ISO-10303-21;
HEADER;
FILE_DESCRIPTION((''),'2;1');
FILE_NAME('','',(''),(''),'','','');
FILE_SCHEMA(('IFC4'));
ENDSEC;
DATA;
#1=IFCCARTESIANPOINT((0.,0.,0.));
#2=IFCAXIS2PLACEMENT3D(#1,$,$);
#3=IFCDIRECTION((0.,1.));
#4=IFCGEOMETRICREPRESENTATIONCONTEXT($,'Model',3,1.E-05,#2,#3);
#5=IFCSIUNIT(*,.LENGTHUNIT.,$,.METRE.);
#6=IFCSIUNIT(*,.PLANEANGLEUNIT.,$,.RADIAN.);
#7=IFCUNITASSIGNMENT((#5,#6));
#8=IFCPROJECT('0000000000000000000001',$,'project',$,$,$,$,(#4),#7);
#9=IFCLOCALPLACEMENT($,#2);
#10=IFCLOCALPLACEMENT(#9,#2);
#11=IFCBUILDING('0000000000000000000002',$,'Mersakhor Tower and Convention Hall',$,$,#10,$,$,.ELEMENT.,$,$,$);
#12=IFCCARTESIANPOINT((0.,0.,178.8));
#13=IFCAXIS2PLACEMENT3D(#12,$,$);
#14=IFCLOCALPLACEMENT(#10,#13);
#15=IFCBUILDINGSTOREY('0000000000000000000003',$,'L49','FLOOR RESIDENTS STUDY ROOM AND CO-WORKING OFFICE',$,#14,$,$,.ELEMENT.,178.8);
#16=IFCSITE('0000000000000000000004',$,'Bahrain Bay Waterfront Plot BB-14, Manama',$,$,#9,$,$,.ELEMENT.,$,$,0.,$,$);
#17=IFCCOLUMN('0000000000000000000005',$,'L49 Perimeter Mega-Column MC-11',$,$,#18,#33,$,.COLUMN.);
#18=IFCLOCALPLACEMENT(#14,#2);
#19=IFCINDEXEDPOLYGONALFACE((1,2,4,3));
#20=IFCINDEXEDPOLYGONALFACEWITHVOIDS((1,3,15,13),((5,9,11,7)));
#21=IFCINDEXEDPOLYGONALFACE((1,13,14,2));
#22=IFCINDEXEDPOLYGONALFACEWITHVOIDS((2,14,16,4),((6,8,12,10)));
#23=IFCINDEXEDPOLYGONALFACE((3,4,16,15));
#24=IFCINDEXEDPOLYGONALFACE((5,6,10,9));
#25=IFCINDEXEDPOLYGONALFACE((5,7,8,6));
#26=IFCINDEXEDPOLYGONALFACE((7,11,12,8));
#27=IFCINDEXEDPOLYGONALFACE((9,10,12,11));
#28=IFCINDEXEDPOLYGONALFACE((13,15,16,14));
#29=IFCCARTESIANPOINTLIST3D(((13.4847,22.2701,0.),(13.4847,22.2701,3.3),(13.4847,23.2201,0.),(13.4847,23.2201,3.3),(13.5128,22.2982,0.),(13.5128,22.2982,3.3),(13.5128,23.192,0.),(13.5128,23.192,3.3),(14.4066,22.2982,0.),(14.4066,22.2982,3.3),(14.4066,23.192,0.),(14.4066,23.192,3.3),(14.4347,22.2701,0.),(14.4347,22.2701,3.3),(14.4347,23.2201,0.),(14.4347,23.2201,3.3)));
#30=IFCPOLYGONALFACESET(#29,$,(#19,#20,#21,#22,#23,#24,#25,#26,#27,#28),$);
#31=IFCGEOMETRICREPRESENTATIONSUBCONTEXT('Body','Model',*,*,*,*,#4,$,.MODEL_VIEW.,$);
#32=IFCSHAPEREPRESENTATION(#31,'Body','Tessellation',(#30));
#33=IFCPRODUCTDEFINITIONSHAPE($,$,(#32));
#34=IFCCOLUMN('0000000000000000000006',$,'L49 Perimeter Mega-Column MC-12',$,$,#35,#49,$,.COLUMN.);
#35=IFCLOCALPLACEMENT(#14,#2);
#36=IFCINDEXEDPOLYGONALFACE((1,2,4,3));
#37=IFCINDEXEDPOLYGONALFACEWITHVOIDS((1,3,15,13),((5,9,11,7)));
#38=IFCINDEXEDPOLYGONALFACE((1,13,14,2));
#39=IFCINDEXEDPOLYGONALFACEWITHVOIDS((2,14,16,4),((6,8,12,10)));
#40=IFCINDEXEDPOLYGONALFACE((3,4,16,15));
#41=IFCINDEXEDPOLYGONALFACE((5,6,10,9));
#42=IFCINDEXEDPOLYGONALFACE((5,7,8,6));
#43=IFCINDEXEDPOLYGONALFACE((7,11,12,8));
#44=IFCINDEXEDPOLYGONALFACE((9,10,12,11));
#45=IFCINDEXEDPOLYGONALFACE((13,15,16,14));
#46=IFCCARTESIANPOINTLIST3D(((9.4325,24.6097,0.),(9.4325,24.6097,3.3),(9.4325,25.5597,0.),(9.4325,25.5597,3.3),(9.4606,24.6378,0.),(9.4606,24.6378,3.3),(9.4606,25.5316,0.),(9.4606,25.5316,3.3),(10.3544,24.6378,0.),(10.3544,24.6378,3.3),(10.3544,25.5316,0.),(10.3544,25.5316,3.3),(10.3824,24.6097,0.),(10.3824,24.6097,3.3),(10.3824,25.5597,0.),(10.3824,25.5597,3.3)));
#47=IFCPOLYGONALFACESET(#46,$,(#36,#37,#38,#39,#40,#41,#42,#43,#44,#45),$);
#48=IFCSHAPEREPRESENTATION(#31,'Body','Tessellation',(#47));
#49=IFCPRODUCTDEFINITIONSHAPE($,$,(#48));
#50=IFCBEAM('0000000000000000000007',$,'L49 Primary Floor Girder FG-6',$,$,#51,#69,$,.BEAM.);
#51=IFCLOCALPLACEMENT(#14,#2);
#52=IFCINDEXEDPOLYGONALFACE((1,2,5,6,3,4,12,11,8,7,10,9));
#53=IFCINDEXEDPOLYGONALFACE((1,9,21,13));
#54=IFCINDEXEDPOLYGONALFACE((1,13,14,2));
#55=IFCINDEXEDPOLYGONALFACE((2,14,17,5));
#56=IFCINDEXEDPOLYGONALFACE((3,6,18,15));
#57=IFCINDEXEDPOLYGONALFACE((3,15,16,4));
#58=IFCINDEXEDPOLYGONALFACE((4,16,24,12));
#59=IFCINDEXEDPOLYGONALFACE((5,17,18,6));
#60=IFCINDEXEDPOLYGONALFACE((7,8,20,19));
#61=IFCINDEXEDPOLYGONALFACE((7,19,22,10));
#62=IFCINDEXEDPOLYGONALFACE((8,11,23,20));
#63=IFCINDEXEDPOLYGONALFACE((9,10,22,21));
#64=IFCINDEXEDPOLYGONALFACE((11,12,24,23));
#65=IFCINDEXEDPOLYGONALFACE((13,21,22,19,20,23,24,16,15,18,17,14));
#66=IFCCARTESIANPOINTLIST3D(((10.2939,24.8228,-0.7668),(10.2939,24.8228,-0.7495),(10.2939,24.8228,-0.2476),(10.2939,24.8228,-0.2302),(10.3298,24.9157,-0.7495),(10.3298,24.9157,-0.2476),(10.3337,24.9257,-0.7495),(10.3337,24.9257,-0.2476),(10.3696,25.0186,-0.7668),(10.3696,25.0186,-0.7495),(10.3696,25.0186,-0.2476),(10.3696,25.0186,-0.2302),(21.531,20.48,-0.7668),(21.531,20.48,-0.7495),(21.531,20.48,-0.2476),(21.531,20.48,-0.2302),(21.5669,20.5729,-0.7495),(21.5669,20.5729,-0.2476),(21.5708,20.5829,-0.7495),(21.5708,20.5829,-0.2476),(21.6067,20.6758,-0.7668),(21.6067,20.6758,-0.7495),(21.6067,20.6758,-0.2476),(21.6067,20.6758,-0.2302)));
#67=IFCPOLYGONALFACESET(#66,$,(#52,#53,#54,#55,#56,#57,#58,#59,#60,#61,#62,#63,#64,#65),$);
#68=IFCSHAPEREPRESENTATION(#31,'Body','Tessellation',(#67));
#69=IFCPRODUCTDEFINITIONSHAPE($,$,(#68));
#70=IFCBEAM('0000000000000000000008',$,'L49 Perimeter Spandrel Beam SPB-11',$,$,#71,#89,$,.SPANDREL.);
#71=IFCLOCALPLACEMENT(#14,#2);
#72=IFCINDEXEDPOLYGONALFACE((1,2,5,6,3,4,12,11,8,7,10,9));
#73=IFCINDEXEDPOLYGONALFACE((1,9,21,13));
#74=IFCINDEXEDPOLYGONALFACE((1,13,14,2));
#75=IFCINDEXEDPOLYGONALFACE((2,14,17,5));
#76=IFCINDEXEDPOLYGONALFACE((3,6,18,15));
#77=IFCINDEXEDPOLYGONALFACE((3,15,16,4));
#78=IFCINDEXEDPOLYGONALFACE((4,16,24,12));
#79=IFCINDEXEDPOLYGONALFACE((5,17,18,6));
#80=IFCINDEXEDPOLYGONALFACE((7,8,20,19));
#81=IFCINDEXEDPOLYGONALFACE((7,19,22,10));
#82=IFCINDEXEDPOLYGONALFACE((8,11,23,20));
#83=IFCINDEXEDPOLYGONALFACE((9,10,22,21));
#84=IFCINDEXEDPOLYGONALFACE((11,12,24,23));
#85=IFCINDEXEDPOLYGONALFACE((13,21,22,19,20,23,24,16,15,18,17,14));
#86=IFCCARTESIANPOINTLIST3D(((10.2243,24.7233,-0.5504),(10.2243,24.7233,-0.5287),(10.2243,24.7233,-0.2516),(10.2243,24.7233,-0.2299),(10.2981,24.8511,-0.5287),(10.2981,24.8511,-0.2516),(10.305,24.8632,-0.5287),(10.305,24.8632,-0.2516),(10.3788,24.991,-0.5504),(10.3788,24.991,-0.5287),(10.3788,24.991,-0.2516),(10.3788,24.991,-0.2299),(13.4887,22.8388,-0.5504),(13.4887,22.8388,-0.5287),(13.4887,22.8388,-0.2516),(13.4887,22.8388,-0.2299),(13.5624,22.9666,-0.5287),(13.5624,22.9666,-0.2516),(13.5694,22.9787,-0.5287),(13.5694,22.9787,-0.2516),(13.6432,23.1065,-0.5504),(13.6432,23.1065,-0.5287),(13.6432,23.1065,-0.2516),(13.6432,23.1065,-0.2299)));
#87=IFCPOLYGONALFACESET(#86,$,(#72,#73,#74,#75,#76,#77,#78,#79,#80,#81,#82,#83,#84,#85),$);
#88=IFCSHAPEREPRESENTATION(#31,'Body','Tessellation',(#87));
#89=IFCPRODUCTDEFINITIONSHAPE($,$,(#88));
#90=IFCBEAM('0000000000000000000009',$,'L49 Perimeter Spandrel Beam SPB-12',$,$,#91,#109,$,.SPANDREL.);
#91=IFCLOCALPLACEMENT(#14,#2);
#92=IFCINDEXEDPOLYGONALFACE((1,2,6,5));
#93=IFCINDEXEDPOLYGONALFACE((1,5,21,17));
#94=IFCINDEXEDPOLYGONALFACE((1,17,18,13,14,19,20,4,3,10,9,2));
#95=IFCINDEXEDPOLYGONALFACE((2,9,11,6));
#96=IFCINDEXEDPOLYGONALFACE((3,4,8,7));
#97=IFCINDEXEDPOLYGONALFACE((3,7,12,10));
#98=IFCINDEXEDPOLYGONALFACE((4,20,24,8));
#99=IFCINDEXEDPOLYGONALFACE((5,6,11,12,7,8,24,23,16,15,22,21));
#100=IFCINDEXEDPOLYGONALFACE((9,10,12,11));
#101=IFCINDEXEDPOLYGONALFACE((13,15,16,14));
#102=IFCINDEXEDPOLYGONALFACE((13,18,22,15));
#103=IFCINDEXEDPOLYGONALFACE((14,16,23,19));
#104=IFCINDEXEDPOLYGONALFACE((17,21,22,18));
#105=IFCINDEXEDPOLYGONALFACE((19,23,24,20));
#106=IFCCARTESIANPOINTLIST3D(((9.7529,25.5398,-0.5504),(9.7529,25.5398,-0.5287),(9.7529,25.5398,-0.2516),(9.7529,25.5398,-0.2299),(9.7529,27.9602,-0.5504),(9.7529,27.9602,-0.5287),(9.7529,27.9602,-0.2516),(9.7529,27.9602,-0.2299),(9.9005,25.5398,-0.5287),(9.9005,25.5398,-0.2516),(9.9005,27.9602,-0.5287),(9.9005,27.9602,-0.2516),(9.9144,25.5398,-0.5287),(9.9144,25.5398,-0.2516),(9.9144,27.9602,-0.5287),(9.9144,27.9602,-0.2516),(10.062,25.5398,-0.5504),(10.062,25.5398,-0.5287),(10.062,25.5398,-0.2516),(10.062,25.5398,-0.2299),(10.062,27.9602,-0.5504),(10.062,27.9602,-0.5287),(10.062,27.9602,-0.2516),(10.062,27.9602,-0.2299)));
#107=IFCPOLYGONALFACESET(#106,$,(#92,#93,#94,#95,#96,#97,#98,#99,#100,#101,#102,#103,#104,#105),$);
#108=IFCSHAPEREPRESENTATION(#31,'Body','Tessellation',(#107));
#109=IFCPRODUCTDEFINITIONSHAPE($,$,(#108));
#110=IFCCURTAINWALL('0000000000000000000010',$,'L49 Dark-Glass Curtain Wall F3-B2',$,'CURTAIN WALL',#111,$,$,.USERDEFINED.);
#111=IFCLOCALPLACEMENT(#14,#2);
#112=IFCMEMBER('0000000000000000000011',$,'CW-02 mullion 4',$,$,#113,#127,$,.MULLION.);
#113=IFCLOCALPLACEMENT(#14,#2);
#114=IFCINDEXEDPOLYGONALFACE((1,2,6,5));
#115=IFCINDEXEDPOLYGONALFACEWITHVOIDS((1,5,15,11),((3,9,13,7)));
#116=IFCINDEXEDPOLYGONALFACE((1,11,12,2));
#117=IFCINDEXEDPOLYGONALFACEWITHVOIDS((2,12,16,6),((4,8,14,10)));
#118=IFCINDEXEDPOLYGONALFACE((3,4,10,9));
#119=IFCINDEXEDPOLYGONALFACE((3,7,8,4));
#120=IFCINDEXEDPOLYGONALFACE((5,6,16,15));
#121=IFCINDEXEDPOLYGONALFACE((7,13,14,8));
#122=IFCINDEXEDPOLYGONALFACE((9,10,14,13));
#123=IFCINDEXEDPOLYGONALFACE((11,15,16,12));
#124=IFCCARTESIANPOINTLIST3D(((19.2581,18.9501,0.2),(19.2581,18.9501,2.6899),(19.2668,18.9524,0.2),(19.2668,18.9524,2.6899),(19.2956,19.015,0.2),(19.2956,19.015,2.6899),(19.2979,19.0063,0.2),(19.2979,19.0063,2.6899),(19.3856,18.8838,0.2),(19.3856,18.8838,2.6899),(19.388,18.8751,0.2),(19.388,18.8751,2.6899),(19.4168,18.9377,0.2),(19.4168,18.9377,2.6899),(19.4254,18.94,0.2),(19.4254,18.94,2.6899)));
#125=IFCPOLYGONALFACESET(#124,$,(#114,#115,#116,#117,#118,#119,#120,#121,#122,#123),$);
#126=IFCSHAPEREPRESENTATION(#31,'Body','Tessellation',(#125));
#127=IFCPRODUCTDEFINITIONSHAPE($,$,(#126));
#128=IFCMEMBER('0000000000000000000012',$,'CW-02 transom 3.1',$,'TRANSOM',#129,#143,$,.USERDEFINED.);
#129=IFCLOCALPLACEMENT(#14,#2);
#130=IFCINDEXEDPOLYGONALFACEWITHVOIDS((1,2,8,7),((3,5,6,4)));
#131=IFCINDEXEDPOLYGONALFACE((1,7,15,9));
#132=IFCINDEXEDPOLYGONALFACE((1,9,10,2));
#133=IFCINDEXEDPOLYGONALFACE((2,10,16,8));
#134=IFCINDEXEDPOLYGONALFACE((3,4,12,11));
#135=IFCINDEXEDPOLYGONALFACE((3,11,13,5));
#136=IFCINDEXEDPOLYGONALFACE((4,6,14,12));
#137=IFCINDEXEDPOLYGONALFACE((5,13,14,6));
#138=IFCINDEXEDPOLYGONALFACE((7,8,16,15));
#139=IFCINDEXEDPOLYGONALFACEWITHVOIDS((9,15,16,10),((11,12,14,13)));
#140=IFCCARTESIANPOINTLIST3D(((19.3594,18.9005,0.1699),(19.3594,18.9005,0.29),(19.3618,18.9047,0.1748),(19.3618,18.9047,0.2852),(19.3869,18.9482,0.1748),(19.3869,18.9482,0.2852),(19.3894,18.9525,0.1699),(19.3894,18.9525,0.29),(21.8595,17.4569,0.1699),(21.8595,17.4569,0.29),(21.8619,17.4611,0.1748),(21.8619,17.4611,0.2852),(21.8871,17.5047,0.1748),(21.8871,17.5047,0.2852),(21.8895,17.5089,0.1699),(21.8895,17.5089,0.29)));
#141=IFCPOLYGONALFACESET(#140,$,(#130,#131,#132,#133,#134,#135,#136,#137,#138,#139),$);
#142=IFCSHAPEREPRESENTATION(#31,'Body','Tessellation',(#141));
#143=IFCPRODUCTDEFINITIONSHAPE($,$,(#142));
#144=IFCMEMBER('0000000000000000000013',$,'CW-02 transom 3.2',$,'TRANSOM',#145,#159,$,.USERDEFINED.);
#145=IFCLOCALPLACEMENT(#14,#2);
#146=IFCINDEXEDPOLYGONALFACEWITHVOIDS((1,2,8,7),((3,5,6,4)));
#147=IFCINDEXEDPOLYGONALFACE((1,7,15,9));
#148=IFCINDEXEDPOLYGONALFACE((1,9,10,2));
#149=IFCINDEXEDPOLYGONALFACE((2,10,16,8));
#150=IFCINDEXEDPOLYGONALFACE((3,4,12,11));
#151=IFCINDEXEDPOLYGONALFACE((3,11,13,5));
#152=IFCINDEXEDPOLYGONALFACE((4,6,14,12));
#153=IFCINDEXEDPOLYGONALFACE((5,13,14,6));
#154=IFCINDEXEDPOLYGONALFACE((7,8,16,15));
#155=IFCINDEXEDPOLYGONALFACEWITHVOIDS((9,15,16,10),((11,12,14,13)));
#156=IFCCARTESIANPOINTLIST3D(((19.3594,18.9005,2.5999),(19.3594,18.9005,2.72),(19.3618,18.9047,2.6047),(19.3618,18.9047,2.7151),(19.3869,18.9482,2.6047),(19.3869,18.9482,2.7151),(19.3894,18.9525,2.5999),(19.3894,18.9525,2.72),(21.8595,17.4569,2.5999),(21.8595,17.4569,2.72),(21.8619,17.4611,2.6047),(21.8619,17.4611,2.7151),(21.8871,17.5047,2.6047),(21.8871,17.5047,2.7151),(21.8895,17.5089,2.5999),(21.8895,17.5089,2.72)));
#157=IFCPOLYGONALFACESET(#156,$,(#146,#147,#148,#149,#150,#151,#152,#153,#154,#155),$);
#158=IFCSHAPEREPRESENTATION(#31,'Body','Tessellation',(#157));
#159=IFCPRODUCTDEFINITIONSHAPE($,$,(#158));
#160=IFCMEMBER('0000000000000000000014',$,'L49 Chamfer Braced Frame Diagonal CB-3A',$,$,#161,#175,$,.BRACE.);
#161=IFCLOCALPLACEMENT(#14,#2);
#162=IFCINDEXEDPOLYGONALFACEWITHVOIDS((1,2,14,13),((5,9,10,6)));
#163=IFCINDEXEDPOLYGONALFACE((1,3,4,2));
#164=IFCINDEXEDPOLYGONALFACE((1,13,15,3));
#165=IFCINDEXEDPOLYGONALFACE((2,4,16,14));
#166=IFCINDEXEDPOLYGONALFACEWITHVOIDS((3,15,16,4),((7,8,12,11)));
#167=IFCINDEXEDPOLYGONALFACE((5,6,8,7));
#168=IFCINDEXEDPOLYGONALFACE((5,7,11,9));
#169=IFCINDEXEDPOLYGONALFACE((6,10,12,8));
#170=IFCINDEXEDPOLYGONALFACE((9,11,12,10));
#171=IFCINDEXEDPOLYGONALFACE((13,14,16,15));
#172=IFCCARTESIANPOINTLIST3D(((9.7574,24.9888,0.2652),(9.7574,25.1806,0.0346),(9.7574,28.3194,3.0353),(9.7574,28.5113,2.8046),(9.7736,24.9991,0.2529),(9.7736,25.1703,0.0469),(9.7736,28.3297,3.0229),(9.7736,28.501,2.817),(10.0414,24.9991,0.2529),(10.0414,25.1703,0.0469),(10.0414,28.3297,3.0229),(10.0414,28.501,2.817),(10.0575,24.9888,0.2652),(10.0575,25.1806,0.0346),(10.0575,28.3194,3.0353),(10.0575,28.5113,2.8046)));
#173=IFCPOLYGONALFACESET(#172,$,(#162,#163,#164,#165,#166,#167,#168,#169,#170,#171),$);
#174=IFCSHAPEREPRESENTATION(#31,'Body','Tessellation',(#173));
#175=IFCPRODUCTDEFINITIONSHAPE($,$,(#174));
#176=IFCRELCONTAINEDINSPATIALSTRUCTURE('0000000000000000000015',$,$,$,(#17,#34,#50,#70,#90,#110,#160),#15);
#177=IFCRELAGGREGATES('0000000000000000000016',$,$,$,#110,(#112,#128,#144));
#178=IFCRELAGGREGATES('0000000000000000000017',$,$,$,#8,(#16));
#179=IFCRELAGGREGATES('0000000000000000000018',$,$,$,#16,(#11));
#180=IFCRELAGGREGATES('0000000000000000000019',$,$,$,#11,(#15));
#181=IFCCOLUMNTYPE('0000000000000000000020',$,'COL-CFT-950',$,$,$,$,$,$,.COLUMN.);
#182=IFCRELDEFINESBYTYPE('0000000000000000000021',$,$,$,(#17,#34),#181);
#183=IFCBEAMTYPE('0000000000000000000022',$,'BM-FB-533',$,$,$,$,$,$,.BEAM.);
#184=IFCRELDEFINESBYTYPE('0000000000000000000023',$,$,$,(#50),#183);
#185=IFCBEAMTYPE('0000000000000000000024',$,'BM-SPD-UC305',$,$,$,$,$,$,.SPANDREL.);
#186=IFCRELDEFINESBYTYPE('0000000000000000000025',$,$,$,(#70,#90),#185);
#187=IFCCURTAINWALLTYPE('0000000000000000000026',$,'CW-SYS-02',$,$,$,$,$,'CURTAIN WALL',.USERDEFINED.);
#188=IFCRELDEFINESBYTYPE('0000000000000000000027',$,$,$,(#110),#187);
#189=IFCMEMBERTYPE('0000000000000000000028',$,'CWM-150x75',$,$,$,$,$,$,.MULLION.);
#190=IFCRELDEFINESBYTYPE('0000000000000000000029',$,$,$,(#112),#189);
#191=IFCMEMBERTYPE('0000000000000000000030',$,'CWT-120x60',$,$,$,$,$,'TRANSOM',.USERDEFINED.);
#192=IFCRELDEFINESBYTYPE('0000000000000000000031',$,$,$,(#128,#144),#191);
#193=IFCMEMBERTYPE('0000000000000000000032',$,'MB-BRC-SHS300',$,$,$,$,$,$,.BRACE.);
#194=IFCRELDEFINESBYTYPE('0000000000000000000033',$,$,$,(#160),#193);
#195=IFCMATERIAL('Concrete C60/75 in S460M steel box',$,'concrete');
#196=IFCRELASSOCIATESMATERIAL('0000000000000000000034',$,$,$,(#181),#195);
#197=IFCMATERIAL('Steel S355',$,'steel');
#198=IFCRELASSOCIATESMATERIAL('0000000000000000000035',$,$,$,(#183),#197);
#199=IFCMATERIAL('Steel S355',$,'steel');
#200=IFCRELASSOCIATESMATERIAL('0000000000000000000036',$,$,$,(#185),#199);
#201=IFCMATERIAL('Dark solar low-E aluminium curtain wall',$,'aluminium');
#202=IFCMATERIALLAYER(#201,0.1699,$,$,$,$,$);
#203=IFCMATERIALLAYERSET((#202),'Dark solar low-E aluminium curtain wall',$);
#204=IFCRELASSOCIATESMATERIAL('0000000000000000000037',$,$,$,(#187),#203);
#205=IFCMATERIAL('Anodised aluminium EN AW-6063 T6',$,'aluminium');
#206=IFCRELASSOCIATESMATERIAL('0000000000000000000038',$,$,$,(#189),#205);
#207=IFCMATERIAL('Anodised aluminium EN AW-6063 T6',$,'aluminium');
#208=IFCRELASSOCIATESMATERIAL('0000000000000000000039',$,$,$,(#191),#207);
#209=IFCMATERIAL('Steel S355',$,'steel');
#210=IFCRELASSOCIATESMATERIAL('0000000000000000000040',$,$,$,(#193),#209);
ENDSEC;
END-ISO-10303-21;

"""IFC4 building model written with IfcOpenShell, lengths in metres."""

from ifc_helpers import new_model, si_unit, direction, frame, origin, origin_2d, place, context, subcontext, project, spatial, hollow_rectangle, i_section, extrude, material, layer, layer_set, material_profile, profile_set, type_object, element, aggregate, save


model = new_model("IFC4")

# Units and contexts
model_context = context("Model", 3, precision=1e-05, world=origin(), true_north=direction((0.0, 1.0)))
body_context = subcontext(model_context, "Body", "Model", "MODEL_VIEW")
ifc_project = project(units=[si_unit("LENGTHUNIT", "METRE"), si_unit("PLANEANGLEUNIT", "RADIAN")], contexts=[model_context])

# Site, building, storey
site_placement = place(None, origin())
site = spatial("IfcSite", under=ifc_project, at=site_placement, Name="Bahrain Bay Waterfront Plot BB-14, Manama", CompositionType="ELEMENT", RefElevation=0.0)
building_placement = place(site_placement, origin())
building = spatial("IfcBuilding", under=site, at=building_placement, Name="Mersakhor Tower and Convention Hall", CompositionType="ELEMENT")
storey_placement = place(building_placement, frame((0.0, 0.0, 178.8)))
storey = spatial("IfcBuildingStorey", under=building, at=storey_placement, Name="L49", Description="FLOOR RESIDENTS STUDY ROOM AND CO-WORKING OFFICE", CompositionType="ELEMENT", Elevation=178.8)

# Columns
ifc_material_1 = material(Name="Concrete C60/75 in S460M steel box", Category="concrete")
ifc_material_profile_1 = material_profile(ifc_material_1, hollow_rectangle(XDim=0.95, YDim=0.95, WallThickness=0.0281, at=origin_2d()), Name="SHS 950x950x28")
ifc_profile_set_1 = profile_set([ifc_material_profile_1], Name="Concrete C60/75 in S460M steel box")
column_type = type_object("IfcColumnType", Name="COL-CFT-950", PredefinedType="COLUMN", material=ifc_profile_set_1)
for number, where, z_axis, x_axis, name in (
    (1, (13.9597, 22.7451, 0.0), (0.0, 0.0, 1.0), (1.0, 0.0, 0.0), "L49 Perimeter Mega-Column MC-11"),
    (2, (9.9075, 25.0847, 0.0), (0.0, 0.0, 1.0), (1.0, 0.0, 0.0), "L49 Perimeter Mega-Column MC-12"),
):
    element("IfcColumn", number, at=place(storey_placement, frame(where, z_axis=z_axis, x_axis=x_axis)), inside=storey, type_object=column_type, Name=name, PredefinedType="COLUMN", context=body_context, shape_type="SweptSolid", body=[
        extrude(hollow_rectangle(XDim=0.95, YDim=0.95, WallThickness=0.0281, at=origin_2d()), origin(), (0.0, 0.0, 1.0), 3.3),
    ])

# Beams
ifc_material_2 = material(Name="Steel S355", Category="steel")
ifc_material_profile_2 = material_profile(ifc_material_2, i_section(OverallWidth=0.21, OverallDepth=0.5366, WebThickness=0.0107, FlangeThickness=0.0173, at=origin_2d()), Name="UB 533x210x101")
ifc_profile_set_2 = profile_set([ifc_material_profile_2], Name="Steel S355")
beam_type_1 = type_object("IfcBeamType", Name="BM-FB-533", PredefinedType="BEAM", material=ifc_profile_set_2)
beam_1_placement = place(storey_placement, frame((21.5688, 20.5779, -0.4985), z_axis=(-0.932765, 0.360485, 0.0), x_axis=(-0.360485, -0.932765, 0.0)))
element("IfcBeam", 3, at=beam_1_placement, inside=storey, type_object=beam_type_1, Name="L49 Primary Floor Girder FG-6", PredefinedType="BEAM", context=body_context, shape_type="SweptSolid", body=[
    extrude(i_section(OverallWidth=0.21, OverallDepth=0.5366, WebThickness=0.0107, FlangeThickness=0.0173, at=origin_2d()), origin(), (0.0, 0.0, 1.0), 12.0471),
])
ifc_material_3 = material(Name="Steel S355", Category="steel")
ifc_material_profile_3 = material_profile(ifc_material_3, i_section(OverallWidth=0.3091, OverallDepth=0.3206, WebThickness=0.0139, FlangeThickness=0.0217, at=origin_2d()), Name="UC 305x305x137")
ifc_profile_set_3 = profile_set([ifc_material_profile_3], Name="Steel S355")
beam_type_2 = type_object("IfcBeamType", Name="BM-SPD-UC305", PredefinedType="SPANDREL", material=ifc_profile_set_3)
beam_2_placement = place(storey_placement, frame((13.5659, 22.9727, -0.3901), z_axis=(-0.866046, 0.499964, 0.0), x_axis=(-0.499964, -0.866046, 0.0)))
element("IfcBeam", 4, at=beam_2_placement, inside=storey, type_object=beam_type_2, Name="L49 Perimeter Spandrel Beam SPB-11", PredefinedType="SPANDREL", context=body_context, shape_type="SweptSolid", body=[
    extrude(i_section(OverallWidth=0.3091, OverallDepth=0.3206, WebThickness=0.0139, FlangeThickness=0.0217, at=origin_2d()), origin(), (0.0, 0.0, 1.0), 3.7693),
])
beam_3_placement = place(storey_placement, frame((9.9075, 25.5398, -0.3901), z_axis=(0.0, 1.0, 0.0), x_axis=(-1.0, 0.0, 0.0)))
element("IfcBeam", 5, at=beam_3_placement, inside=storey, type_object=beam_type_2, Name="L49 Perimeter Spandrel Beam SPB-12", PredefinedType="SPANDREL", context=body_context, shape_type="SweptSolid", body=[
    extrude(i_section(OverallWidth=0.3091, OverallDepth=0.3206, WebThickness=0.0139, FlangeThickness=0.0217, at=origin_2d()), origin(), (0.0, 0.0, 1.0), 2.4204),
])

# Curtain wall, members
ifc_material_4 = material(Name="Dark solar low-E aluminium curtain wall", Category="aluminium")
ifc_layer_1 = layer(ifc_material_4, 0.1699)
ifc_layer_set_1 = layer_set([ifc_layer_1], Name="Dark solar low-E aluminium curtain wall")
curtain_wall_type = type_object("IfcCurtainWallType", Name="CW-SYS-02", ElementType="CURTAIN WALL", PredefinedType="USERDEFINED", material=ifc_layer_set_1)
curtain_wall_placement = place(storey_placement, origin())
curtain_wall = element("IfcCurtainWall", 6, at=curtain_wall_placement, inside=storey, type_object=curtain_wall_type, Name="L49 Dark-Glass Curtain Wall F3-B2", ObjectType="CURTAIN WALL", PredefinedType="USERDEFINED")
ifc_material_5 = material(Name="Anodised aluminium EN AW-6063 T6", Category="aluminium")
ifc_material_profile_4 = material_profile(ifc_material_5, hollow_rectangle(XDim=0.075, YDim=0.1499, WallThickness=0.0063, at=origin_2d()), Name="RHS 150x75x6.3")
ifc_profile_set_4 = profile_set([ifc_material_profile_4], Name="Anodised aluminium EN AW-6063 T6")
member_type_1 = type_object("IfcMemberType", Name="CWM-150x75", PredefinedType="MULLION", material=ifc_profile_set_4)
member_1_placement = place(storey_placement, frame((19.3418, 18.9451, 0.2), z_axis=(0.0, 0.0, 1.0), x_axis=(-0.500008, -0.866021, 0.0)))
member_1 = element("IfcMember", 7, at=member_1_placement, type_object=member_type_1, Name="CW-02 mullion 4", PredefinedType="MULLION", context=body_context, shape_type="SweptSolid", body=[
    extrude(hollow_rectangle(XDim=0.075, YDim=0.1499, WallThickness=0.0063, at=origin_2d()), origin(), (0.0, 0.0, 1.0), 2.49),
])
ifc_material_6 = material(Name="Anodised aluminium EN AW-6063 T6", Category="aluminium")
ifc_material_profile_5 = material_profile(ifc_material_6, hollow_rectangle(XDim=0.0601, YDim=0.1201, WallThickness=0.0049, at=origin_2d()), Name="RHS 120x60x5")
ifc_profile_set_5 = profile_set([ifc_material_profile_5], Name="Anodised aluminium EN AW-6063 T6")
member_type_2 = type_object("IfcMemberType", Name="CWT-120x60", ElementType="TRANSOM", PredefinedType="USERDEFINED", material=ifc_profile_set_5)
member_2_placement = place(storey_placement, frame((21.8745, 17.4829, 0.23), z_axis=(-0.866012, 0.500023, 0.0), x_axis=(-0.500023, -0.866012, 0.0)))
member_2 = element("IfcMember", 8, at=member_2_placement, type_object=member_type_2, Name="CW-02 transom 3.1", ObjectType="TRANSOM", PredefinedType="USERDEFINED", context=body_context, shape_type="SweptSolid", body=[
    extrude(hollow_rectangle(XDim=0.0601, YDim=0.1201, WallThickness=0.0049, at=origin_2d()), origin(), (0.0, 0.0, 1.0), 2.887),
])
member_3_placement = place(storey_placement, frame((21.8745, 17.4829, 2.6599), z_axis=(-0.866012, 0.500023, 0.0), x_axis=(-0.500023, -0.866012, 0.0)))
member_3 = element("IfcMember", 9, at=member_3_placement, type_object=member_type_2, Name="CW-02 transom 3.2", ObjectType="TRANSOM", PredefinedType="USERDEFINED", context=body_context, shape_type="SweptSolid", body=[
    extrude(hollow_rectangle(XDim=0.0601, YDim=0.1201, WallThickness=0.0049, at=origin_2d()), origin(), (0.0, 0.0, 1.0), 2.887),
])

# Member
ifc_material_7 = material(Name="Steel S355", Category="steel")
ifc_material_profile_6 = material_profile(ifc_material_7, hollow_rectangle(XDim=0.3, YDim=0.3, WallThickness=0.0161, at=origin_2d()), Name="SHS 300x300x16")
ifc_profile_set_6 = profile_set([ifc_material_profile_6], Name="Steel S355")
member_type_3 = type_object("IfcMemberType", Name="MB-BRC-SHS300", PredefinedType="BRACE", material=ifc_profile_set_6)
member_4_placement = place(storey_placement, frame((9.9075, 25.0847, 0.1499), z_axis=(0.0, 0.76884, 0.639441), x_axis=(-1.0, 0.0, 0.0)))
element("IfcMember", 10, at=member_4_placement, inside=storey, type_object=member_type_3, Name="L49 Chamfer Braced Frame Diagonal CB-3A", PredefinedType="BRACE", context=body_context, shape_type="SweptSolid", body=[
    extrude(hollow_rectangle(XDim=0.3, YDim=0.3, WallThickness=0.0161, at=origin_2d()), origin(), (0.0, 0.0, 1.0), 4.332),
])

aggregate(curtain_wall, [member_1, member_2, member_3])

save(model, "model.ifc")
